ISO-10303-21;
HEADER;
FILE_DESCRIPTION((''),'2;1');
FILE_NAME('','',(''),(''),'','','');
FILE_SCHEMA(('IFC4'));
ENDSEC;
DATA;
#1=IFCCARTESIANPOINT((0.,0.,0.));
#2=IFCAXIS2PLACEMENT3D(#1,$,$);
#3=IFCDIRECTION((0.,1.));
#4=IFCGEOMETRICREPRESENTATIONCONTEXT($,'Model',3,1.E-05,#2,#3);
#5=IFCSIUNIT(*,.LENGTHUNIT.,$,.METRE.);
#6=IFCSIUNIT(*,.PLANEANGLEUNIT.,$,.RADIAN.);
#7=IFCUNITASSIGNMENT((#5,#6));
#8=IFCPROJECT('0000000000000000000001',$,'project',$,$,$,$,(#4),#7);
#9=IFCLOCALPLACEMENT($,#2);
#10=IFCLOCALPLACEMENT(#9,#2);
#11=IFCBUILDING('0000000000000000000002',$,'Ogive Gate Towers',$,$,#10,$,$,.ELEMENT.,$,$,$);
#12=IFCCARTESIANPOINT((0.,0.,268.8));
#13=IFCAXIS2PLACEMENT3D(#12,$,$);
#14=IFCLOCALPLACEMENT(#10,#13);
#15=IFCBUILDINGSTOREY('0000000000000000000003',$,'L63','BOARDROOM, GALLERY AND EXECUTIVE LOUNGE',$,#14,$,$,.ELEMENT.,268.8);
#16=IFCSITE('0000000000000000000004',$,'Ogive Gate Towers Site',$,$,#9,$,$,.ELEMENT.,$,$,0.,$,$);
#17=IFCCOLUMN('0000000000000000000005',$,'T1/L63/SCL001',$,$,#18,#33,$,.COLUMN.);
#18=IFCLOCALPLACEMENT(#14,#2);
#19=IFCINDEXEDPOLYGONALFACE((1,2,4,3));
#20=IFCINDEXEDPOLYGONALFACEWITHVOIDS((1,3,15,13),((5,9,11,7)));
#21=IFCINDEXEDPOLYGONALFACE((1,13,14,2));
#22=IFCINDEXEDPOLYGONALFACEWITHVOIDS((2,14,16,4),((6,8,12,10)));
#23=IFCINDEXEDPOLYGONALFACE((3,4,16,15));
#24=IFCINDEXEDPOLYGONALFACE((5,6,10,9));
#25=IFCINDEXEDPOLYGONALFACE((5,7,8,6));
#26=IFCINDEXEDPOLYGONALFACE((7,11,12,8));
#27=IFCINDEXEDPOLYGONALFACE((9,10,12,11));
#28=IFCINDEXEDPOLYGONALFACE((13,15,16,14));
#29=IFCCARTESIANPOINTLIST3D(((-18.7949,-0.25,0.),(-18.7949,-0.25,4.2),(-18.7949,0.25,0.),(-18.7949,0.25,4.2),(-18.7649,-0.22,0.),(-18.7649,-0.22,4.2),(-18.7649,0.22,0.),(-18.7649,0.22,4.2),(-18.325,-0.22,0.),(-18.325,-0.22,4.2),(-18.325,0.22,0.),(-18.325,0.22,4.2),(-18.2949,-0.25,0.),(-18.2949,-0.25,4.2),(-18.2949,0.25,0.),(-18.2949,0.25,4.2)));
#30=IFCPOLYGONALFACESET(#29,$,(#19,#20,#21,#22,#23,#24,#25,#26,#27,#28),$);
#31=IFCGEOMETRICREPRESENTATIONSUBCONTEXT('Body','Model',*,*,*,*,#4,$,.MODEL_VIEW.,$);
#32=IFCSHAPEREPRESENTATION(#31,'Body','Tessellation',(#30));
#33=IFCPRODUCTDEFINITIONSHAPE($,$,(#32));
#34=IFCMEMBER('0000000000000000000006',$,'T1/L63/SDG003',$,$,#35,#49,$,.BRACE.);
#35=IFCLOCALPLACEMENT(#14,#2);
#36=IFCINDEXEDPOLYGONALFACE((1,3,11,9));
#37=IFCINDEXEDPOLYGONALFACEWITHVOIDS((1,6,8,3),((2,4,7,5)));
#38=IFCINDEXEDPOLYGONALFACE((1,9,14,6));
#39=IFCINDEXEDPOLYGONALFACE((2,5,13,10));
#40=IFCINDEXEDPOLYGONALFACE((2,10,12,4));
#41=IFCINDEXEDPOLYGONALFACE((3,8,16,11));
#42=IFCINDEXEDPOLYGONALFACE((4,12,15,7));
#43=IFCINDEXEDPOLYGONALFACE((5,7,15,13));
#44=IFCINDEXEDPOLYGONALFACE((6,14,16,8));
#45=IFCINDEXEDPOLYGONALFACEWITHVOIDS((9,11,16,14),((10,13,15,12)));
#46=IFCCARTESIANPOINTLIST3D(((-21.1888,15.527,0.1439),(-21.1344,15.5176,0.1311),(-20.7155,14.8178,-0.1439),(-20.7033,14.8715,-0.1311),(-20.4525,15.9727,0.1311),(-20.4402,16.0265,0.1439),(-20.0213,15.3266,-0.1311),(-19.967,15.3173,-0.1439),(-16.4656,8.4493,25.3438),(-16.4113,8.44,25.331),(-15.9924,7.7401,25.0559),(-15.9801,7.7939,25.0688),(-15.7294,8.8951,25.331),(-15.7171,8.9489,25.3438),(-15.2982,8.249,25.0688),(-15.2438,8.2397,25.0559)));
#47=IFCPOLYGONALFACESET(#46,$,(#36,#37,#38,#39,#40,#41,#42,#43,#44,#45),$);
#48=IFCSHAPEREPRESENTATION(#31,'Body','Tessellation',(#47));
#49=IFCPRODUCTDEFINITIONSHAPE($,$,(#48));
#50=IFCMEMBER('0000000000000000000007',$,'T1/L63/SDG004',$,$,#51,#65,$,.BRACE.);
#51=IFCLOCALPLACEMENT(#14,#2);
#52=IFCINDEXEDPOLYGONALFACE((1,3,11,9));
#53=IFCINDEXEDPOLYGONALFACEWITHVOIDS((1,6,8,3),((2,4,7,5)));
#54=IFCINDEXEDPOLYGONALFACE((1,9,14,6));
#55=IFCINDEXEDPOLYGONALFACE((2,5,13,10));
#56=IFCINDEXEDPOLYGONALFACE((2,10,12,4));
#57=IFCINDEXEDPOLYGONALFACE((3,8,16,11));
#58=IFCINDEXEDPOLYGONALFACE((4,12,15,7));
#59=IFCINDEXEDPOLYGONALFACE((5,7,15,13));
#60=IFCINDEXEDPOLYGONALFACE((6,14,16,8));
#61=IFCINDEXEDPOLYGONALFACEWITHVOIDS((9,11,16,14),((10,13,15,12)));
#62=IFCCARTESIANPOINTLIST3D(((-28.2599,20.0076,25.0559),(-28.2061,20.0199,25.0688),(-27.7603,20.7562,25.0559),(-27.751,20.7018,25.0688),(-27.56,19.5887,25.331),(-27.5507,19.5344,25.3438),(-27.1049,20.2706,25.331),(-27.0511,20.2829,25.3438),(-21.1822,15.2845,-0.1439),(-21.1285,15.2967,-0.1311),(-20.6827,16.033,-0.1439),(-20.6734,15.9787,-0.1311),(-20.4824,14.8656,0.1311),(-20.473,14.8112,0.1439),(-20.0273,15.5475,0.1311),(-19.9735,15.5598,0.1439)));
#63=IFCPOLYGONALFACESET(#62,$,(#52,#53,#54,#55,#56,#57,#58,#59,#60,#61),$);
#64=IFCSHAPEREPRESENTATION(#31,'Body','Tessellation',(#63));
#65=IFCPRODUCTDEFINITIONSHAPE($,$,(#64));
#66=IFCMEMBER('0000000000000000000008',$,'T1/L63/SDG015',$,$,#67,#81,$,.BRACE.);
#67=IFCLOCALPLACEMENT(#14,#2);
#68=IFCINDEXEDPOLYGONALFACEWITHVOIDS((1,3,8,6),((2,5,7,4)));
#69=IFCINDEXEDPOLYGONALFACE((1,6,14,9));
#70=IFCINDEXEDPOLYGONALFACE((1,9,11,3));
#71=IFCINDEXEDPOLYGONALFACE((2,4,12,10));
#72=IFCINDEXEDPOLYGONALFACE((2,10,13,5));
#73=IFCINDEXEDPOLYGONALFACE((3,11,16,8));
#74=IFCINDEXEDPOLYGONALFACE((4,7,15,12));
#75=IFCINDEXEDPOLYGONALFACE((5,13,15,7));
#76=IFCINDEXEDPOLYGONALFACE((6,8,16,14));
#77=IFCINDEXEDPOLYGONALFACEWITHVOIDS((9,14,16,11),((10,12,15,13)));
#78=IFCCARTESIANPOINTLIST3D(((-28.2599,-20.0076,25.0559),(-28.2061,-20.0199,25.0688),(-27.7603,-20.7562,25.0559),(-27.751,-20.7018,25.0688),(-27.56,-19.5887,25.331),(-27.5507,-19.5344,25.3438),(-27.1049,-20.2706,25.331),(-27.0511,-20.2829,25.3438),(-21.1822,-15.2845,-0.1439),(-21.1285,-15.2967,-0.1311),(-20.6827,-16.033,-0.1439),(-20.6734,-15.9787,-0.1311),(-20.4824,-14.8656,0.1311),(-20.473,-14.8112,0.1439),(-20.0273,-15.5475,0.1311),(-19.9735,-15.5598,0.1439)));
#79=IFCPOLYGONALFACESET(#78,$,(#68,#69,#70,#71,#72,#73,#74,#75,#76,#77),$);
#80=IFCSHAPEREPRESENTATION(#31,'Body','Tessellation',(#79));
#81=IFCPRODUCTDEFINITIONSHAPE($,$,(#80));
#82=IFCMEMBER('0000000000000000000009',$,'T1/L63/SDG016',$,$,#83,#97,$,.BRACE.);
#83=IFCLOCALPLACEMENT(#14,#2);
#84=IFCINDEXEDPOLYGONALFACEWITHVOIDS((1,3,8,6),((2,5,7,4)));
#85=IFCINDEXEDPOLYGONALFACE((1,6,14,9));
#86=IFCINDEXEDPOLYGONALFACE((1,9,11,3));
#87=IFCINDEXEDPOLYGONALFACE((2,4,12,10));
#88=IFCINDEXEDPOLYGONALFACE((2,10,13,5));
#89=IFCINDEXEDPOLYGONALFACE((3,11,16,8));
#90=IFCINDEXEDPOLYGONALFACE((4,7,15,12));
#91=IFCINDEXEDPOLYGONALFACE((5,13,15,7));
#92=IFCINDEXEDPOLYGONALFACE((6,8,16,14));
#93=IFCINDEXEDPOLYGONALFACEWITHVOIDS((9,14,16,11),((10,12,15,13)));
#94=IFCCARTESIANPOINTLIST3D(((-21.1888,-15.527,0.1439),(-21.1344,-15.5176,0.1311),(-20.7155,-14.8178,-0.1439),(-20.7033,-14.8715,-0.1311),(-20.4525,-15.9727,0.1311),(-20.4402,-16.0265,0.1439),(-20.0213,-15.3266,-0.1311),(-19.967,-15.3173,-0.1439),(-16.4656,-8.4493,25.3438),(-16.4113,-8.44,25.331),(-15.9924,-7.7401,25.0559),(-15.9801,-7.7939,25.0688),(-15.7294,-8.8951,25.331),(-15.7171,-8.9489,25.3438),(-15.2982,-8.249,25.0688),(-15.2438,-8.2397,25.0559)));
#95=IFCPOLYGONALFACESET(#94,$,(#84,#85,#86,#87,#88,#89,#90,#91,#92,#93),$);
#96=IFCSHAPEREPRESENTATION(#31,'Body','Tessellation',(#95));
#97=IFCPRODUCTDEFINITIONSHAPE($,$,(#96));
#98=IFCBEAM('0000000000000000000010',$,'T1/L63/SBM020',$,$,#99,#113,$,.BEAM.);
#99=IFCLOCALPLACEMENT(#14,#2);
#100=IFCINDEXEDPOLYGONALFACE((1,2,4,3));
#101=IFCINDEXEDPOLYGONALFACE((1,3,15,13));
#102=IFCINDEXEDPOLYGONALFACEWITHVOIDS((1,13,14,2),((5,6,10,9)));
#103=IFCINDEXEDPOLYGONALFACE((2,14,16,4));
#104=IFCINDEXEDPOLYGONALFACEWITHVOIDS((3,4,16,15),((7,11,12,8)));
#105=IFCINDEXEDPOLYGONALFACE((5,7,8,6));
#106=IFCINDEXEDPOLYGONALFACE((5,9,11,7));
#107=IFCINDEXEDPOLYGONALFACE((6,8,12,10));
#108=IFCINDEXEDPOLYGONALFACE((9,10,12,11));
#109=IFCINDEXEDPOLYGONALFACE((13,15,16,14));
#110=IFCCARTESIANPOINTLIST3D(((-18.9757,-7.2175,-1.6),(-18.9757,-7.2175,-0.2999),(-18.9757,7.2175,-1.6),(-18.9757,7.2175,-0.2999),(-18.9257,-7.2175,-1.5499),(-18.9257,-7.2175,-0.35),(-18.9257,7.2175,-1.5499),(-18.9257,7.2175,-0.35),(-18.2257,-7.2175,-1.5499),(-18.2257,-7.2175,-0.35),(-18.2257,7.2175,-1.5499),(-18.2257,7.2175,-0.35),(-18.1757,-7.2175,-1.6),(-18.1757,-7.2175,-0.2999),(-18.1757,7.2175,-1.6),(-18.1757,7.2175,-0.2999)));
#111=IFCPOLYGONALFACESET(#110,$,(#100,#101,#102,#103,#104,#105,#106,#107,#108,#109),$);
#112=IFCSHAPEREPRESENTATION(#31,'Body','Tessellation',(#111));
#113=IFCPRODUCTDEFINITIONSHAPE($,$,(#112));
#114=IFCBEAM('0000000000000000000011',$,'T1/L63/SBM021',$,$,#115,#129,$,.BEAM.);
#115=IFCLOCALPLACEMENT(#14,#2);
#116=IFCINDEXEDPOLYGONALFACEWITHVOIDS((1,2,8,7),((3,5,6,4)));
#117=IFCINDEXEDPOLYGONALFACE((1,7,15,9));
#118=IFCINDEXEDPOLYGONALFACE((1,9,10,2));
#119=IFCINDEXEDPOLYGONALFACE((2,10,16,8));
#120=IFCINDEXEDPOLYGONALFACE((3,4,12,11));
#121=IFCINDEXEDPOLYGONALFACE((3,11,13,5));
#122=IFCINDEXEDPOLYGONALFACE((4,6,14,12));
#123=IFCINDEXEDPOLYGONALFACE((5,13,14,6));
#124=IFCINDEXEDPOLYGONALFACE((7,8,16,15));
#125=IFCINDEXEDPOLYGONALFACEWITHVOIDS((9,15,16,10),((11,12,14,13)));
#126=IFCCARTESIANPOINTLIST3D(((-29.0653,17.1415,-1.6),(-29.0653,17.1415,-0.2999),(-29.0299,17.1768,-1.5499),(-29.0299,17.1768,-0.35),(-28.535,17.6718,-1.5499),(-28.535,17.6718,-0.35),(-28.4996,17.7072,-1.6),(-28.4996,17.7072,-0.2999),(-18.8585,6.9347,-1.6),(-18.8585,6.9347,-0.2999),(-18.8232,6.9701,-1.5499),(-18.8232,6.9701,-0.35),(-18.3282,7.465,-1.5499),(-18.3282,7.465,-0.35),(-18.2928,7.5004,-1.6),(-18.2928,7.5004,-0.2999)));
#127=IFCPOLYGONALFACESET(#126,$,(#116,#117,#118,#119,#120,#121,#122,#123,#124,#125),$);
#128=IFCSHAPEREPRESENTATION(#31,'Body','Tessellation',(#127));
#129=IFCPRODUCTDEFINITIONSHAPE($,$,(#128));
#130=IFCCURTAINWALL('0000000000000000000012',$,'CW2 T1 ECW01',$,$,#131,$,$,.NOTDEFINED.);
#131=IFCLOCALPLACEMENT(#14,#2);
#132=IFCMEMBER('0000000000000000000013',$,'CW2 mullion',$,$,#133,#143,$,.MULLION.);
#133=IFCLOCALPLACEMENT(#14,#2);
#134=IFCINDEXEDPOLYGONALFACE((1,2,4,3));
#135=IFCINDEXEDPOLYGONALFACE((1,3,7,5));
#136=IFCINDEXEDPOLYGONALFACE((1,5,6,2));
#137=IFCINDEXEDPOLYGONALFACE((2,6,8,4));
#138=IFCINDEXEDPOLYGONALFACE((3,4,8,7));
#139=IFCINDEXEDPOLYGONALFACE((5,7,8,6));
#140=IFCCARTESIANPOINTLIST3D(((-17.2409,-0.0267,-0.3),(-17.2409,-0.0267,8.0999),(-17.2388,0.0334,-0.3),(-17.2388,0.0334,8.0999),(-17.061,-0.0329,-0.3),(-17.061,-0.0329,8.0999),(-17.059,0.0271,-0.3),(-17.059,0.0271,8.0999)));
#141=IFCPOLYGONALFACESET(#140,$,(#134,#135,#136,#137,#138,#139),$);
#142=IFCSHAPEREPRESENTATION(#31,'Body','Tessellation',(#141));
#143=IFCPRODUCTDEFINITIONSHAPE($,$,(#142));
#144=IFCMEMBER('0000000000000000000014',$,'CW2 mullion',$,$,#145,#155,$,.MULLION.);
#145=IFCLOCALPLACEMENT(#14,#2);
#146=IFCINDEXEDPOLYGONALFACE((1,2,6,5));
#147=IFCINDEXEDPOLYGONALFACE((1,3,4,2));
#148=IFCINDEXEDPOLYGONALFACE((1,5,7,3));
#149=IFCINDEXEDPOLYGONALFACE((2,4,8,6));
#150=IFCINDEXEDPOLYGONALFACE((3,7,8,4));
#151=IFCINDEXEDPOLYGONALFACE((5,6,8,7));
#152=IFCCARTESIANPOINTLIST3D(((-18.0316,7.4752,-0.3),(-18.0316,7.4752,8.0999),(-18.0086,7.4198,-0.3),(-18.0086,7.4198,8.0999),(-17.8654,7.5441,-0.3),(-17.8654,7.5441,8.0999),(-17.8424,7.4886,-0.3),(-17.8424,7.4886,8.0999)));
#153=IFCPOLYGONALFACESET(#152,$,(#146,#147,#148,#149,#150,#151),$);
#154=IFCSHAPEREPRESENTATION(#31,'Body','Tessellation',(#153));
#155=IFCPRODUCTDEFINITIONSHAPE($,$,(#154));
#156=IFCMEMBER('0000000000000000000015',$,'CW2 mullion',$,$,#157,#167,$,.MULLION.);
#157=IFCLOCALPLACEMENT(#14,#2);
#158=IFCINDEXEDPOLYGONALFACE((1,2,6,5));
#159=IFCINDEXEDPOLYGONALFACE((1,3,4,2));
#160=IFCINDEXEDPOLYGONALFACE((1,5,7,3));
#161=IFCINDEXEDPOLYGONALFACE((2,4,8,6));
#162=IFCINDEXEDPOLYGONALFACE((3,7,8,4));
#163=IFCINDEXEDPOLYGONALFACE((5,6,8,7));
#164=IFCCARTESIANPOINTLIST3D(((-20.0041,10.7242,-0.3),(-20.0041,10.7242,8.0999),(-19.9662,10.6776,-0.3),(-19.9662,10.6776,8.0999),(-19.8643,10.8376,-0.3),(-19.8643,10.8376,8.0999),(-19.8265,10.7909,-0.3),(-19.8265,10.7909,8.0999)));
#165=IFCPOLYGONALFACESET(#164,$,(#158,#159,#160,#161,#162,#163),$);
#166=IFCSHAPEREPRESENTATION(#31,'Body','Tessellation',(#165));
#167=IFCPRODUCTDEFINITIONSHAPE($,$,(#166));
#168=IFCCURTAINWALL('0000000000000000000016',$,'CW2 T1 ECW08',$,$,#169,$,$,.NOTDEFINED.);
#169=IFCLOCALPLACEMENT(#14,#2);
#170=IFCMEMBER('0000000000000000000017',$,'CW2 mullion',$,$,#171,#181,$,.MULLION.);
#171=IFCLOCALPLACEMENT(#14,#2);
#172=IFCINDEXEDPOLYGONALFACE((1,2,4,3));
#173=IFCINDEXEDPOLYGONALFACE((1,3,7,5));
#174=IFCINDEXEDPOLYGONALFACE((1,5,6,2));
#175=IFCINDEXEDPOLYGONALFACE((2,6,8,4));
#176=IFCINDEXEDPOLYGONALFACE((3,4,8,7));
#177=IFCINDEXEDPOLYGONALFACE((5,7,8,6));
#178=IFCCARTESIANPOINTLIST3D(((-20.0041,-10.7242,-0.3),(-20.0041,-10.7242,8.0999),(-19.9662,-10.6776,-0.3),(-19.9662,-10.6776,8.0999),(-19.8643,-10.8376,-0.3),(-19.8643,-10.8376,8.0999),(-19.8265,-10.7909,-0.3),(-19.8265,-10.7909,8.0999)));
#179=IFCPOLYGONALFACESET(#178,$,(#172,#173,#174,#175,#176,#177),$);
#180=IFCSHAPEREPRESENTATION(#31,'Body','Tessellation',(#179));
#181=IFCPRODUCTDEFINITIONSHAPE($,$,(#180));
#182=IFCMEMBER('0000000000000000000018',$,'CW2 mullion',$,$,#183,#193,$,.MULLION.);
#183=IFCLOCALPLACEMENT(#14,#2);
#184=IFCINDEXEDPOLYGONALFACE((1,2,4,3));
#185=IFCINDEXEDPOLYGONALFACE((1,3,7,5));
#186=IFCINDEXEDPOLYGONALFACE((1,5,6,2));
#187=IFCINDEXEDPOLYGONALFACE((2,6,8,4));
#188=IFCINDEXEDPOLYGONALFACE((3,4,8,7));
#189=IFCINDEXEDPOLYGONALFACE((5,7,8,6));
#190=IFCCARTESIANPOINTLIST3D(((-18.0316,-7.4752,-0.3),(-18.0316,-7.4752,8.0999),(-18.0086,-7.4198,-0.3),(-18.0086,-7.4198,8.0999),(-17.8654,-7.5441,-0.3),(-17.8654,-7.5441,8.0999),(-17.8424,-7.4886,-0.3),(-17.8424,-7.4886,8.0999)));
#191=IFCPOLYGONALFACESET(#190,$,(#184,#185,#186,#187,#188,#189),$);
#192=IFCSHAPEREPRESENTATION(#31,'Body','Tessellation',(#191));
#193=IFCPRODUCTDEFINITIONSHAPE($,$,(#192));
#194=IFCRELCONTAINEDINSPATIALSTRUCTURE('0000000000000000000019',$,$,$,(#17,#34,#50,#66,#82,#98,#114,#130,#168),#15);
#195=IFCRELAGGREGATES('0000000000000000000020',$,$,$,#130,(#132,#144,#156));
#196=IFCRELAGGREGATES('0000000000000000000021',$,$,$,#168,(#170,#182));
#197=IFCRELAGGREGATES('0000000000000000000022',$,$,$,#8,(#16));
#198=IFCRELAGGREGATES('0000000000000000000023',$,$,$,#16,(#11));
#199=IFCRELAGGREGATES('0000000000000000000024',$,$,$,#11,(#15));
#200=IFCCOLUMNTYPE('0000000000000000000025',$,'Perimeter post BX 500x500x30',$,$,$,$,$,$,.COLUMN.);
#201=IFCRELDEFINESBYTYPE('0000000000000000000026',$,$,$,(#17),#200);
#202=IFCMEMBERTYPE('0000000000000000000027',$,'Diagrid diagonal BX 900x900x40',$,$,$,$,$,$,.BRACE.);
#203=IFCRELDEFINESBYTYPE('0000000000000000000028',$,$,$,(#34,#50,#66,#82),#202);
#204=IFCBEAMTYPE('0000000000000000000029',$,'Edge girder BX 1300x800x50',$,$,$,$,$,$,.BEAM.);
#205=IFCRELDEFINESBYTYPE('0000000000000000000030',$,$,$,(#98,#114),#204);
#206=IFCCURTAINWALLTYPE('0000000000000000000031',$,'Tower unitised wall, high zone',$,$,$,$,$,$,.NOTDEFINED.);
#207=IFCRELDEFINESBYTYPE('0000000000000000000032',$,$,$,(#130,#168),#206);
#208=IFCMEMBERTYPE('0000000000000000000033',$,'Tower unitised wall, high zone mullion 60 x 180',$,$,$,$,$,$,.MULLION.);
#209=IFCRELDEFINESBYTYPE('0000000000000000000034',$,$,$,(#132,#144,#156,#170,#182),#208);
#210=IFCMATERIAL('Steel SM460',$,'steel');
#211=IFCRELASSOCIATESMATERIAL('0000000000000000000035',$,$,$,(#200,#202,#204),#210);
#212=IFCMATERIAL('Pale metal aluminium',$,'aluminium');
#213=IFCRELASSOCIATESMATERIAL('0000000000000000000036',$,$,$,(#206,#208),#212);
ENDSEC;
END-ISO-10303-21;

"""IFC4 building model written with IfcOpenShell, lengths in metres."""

from ifc_helpers import new_model, si_unit, direction, frame, origin, origin_2d, place, context, subcontext, project, spatial, rectangle, hollow_rectangle, extrude, material, material_profile, profile_set, type_object, element, aggregate, save


model = new_model("IFC4")

# Units and contexts
model_context = context("Model", 3, precision=1e-05, world=origin(), true_north=direction((0.0, 1.0)))
body_context = subcontext(model_context, "Body", "Model", "MODEL_VIEW")
ifc_project = project(units=[si_unit("LENGTHUNIT", "METRE"), si_unit("PLANEANGLEUNIT", "RADIAN")], contexts=[model_context])

# Site, building, storey
site_placement = place(None, origin())
site = spatial("IfcSite", under=ifc_project, at=site_placement, Name="Ogive Gate Towers Site", CompositionType="ELEMENT", RefElevation=0.0)
building_placement = place(site_placement, origin())
building = spatial("IfcBuilding", under=site, at=building_placement, Name="Ogive Gate Towers", CompositionType="ELEMENT")
storey_placement = place(building_placement, frame((0.0, 0.0, 268.8)))
storey = spatial("IfcBuildingStorey", under=building, at=storey_placement, Name="L63", Description="BOARDROOM, GALLERY AND EXECUTIVE LOUNGE", CompositionType="ELEMENT", Elevation=268.8)

# Column
ifc_material_1 = material(Name="Steel SM460", Category="steel")
ifc_material_profile_1 = material_profile(ifc_material_1, hollow_rectangle(XDim=0.5, YDim=0.5, WallThickness=0.03, at=origin_2d()), Name="BX 500x500x30")
ifc_profile_set_1 = profile_set([ifc_material_profile_1], Name="Steel SM460")
column_type = type_object("IfcColumnType", Name="Perimeter post BX 500x500x30", PredefinedType="COLUMN", material=ifc_profile_set_1)
column_placement = place(storey_placement, frame((-18.5449, 0.0, 0.0), z_axis=(0.0, 0.0, 1.0), x_axis=(1.0, 0.0, 0.0)))
element("IfcColumn", 1, at=column_placement, inside=storey, type_object=column_type, Name="T1/L63/SCL001", PredefinedType="COLUMN", context=body_context, shape_type="SweptSolid", body=[
    extrude(hollow_rectangle(XDim=0.5, YDim=0.5, WallThickness=0.03, at=origin_2d()), origin(), (0.0, 0.0, 1.0), 4.2),
])

# Members
ifc_material_profile_2 = material_profile(ifc_material_1, hollow_rectangle(XDim=0.8999, YDim=0.8999, WallThickness=0.04, at=origin_2d()), Name="BX 900x900x40")
ifc_profile_set_2 = profile_set([ifc_material_profile_2], Name="Steel SM460")
member_type_1 = type_object("IfcMemberType", Name="Diagrid diagonal BX 900x900x40", PredefinedType="BRACE", material=ifc_profile_set_2)
for number, where, z_axis, x_axis, name in (
    (2, (-20.5779, 15.4221, 0.0), (0.177577, -0.266099, 0.947448), (0.831794, 0.555084, 0.0), "T1/L63/SDG003"),
    (3, (-20.5779, 15.4221, 0.0), (-0.266099, 0.177577, 0.947448), (-0.555084, -0.831794, 0.0), "T1/L63/SDG004"),
    (4, (-20.5779, -15.4221, 0.0), (-0.266099, -0.177577, 0.947448), (0.555084, -0.831794, 0.0), "T1/L63/SDG015"),
    (5, (-20.5779, -15.4221, 0.0), (0.177577, 0.266099, 0.947448), (-0.831794, 0.555084, 0.0), "T1/L63/SDG016"),
):
    element("IfcMember", number, at=place(storey_placement, frame(where, z_axis=z_axis, x_axis=x_axis)), inside=storey, type_object=member_type_1, Name=name, PredefinedType="BRACE", context=body_context, shape_type="SweptSolid", body=[
        extrude(hollow_rectangle(XDim=0.8999, YDim=0.8999, WallThickness=0.04, at=origin_2d()), origin(), (0.0, 0.0, 1.0), 26.5977),
    ])

# Beams
ifc_material_profile_3 = material_profile(ifc_material_1, hollow_rectangle(XDim=0.8, YDim=1.3, WallThickness=0.05, at=origin_2d()), Name="BX 1300x800x50")
ifc_profile_set_3 = profile_set([ifc_material_profile_3], Name="Steel SM460")
beam_type = type_object("IfcBeamType", Name="Edge girder BX 1300x800x50", PredefinedType="BEAM", material=ifc_profile_set_3)
beam_1_placement = place(storey_placement, frame((-18.5757, -7.2175, -0.95), z_axis=(0.0, 1.0, 0.0), x_axis=(-1.0, 0.0, 0.0)))
element("IfcBeam", 6, at=beam_1_placement, inside=storey, type_object=beam_type, Name="T1/L63/SBM020", PredefinedType="BEAM", context=body_context, shape_type="SweptSolid", body=[
    extrude(hollow_rectangle(XDim=0.8, YDim=1.3, WallThickness=0.05, at=origin_2d()), origin(), (0.0, 0.0, 1.0), 14.4351),
])
beam_2_placement = place(storey_placement, frame((-18.5757, 7.2175, -0.95), z_axis=(-0.707107, 0.707107, 0.0), x_axis=(-0.707107, -0.707107, 0.0)))
element("IfcBeam", 7, at=beam_2_placement, inside=storey, type_object=beam_type, Name="T1/L63/SBM021", PredefinedType="BEAM", context=body_context, shape_type="SweptSolid", body=[
    extrude(hollow_rectangle(XDim=0.8, YDim=1.3, WallThickness=0.05, at=origin_2d()), origin(), (0.0, 0.0, 1.0), 14.4346),
])

# Curtain walls, members
ifc_material_2 = material(Name="Pale metal aluminium", Category="aluminium")
curtain_wall_type = type_object("IfcCurtainWallType", Name="Tower unitised wall, high zone", PredefinedType="NOTDEFINED", material=ifc_material_2)
curtain_wall_1_placement = place(storey_placement, origin())
curtain_wall_1 = element("IfcCurtainWall", 8, at=curtain_wall_1_placement, inside=storey, type_object=curtain_wall_type, Name="CW2 T1 ECW01", PredefinedType="NOTDEFINED")
ifc_material_profile_4 = material_profile(ifc_material_2, rectangle(XDim=0.1799, YDim=0.0601, at=origin_2d()), Name="60 x 180 aluminium box")
ifc_profile_set_4 = profile_set([ifc_material_profile_4], Name="Pale metal aluminium")
member_type_2 = type_object("IfcMemberType", Name="Tower unitised wall, high zone mullion 60 x 180", PredefinedType="MULLION", material=ifc_profile_set_4)
member_1_placement = place(storey_placement, frame((-17.1499, 0.0002, -0.3), z_axis=(0.0, 0.0, 1.0), x_axis=(0.999404, -0.034533, 0.0)))
member_1 = element("IfcMember", 9, at=member_1_placement, type_object=member_type_2, Name="CW2 mullion", PredefinedType="MULLION", context=body_context, shape_type="SweptSolid", body=[
    extrude(rectangle(XDim=0.1799, YDim=0.0601, at=origin_2d()), origin(), (0.0, 0.0, 1.0), 8.3999),
])
member_2_placement = place(storey_placement, frame((-17.937, 7.4819, -0.3), z_axis=(0.0, 0.0, 1.0), x_axis=(0.92388, 0.382683, 0.0)))
member_2 = element("IfcMember", 10, at=member_2_placement, type_object=member_type_2, Name="CW2 mullion", PredefinedType="MULLION", context=body_context, shape_type="SweptSolid", body=[
    extrude(rectangle(XDim=0.1799, YDim=0.0601, at=origin_2d()), origin(), (0.0, 0.0, 1.0), 8.3999),
])
member_3_placement = place(storey_placement, frame((-19.9153, 10.7576, -0.3), z_axis=(0.0, 0.0, 1.0), x_axis=(0.776563, 0.630039, 0.0)))
member_3 = element("IfcMember", 11, at=member_3_placement, type_object=member_type_2, Name="CW2 mullion", PredefinedType="MULLION", context=body_context, shape_type="SweptSolid", body=[
    extrude(rectangle(XDim=0.1799, YDim=0.0601, at=origin_2d()), origin(), (0.0, 0.0, 1.0), 8.3999),
])
curtain_wall_2_placement = place(storey_placement, origin())
curtain_wall_2 = element("IfcCurtainWall", 12, at=curtain_wall_2_placement, inside=storey, type_object=curtain_wall_type, Name="CW2 T1 ECW08", PredefinedType="NOTDEFINED")
member_4_placement = place(storey_placement, frame((-19.9153, -10.7576, -0.3), z_axis=(0.0, 0.0, 1.0), x_axis=(0.776563, -0.630039, 0.0)))
member_4 = element("IfcMember", 13, at=member_4_placement, type_object=member_type_2, Name="CW2 mullion", PredefinedType="MULLION", context=body_context, shape_type="SweptSolid", body=[
    extrude(rectangle(XDim=0.1799, YDim=0.0601, at=origin_2d()), origin(), (0.0, 0.0, 1.0), 8.3999),
])
member_5_placement = place(storey_placement, frame((-17.937, -7.4819, -0.3), z_axis=(0.0, 0.0, 1.0), x_axis=(0.92388, -0.382683, 0.0)))
member_5 = element("IfcMember", 14, at=member_5_placement, type_object=member_type_2, Name="CW2 mullion", PredefinedType="MULLION", context=body_context, shape_type="SweptSolid", body=[
    extrude(rectangle(XDim=0.1799, YDim=0.0601, at=origin_2d()), origin(), (0.0, 0.0, 1.0), 8.3999),
])

aggregate(curtain_wall_1, [member_1, member_2, member_3])
aggregate(curtain_wall_2, [member_4, member_5])

save(model, "model.ifc")
